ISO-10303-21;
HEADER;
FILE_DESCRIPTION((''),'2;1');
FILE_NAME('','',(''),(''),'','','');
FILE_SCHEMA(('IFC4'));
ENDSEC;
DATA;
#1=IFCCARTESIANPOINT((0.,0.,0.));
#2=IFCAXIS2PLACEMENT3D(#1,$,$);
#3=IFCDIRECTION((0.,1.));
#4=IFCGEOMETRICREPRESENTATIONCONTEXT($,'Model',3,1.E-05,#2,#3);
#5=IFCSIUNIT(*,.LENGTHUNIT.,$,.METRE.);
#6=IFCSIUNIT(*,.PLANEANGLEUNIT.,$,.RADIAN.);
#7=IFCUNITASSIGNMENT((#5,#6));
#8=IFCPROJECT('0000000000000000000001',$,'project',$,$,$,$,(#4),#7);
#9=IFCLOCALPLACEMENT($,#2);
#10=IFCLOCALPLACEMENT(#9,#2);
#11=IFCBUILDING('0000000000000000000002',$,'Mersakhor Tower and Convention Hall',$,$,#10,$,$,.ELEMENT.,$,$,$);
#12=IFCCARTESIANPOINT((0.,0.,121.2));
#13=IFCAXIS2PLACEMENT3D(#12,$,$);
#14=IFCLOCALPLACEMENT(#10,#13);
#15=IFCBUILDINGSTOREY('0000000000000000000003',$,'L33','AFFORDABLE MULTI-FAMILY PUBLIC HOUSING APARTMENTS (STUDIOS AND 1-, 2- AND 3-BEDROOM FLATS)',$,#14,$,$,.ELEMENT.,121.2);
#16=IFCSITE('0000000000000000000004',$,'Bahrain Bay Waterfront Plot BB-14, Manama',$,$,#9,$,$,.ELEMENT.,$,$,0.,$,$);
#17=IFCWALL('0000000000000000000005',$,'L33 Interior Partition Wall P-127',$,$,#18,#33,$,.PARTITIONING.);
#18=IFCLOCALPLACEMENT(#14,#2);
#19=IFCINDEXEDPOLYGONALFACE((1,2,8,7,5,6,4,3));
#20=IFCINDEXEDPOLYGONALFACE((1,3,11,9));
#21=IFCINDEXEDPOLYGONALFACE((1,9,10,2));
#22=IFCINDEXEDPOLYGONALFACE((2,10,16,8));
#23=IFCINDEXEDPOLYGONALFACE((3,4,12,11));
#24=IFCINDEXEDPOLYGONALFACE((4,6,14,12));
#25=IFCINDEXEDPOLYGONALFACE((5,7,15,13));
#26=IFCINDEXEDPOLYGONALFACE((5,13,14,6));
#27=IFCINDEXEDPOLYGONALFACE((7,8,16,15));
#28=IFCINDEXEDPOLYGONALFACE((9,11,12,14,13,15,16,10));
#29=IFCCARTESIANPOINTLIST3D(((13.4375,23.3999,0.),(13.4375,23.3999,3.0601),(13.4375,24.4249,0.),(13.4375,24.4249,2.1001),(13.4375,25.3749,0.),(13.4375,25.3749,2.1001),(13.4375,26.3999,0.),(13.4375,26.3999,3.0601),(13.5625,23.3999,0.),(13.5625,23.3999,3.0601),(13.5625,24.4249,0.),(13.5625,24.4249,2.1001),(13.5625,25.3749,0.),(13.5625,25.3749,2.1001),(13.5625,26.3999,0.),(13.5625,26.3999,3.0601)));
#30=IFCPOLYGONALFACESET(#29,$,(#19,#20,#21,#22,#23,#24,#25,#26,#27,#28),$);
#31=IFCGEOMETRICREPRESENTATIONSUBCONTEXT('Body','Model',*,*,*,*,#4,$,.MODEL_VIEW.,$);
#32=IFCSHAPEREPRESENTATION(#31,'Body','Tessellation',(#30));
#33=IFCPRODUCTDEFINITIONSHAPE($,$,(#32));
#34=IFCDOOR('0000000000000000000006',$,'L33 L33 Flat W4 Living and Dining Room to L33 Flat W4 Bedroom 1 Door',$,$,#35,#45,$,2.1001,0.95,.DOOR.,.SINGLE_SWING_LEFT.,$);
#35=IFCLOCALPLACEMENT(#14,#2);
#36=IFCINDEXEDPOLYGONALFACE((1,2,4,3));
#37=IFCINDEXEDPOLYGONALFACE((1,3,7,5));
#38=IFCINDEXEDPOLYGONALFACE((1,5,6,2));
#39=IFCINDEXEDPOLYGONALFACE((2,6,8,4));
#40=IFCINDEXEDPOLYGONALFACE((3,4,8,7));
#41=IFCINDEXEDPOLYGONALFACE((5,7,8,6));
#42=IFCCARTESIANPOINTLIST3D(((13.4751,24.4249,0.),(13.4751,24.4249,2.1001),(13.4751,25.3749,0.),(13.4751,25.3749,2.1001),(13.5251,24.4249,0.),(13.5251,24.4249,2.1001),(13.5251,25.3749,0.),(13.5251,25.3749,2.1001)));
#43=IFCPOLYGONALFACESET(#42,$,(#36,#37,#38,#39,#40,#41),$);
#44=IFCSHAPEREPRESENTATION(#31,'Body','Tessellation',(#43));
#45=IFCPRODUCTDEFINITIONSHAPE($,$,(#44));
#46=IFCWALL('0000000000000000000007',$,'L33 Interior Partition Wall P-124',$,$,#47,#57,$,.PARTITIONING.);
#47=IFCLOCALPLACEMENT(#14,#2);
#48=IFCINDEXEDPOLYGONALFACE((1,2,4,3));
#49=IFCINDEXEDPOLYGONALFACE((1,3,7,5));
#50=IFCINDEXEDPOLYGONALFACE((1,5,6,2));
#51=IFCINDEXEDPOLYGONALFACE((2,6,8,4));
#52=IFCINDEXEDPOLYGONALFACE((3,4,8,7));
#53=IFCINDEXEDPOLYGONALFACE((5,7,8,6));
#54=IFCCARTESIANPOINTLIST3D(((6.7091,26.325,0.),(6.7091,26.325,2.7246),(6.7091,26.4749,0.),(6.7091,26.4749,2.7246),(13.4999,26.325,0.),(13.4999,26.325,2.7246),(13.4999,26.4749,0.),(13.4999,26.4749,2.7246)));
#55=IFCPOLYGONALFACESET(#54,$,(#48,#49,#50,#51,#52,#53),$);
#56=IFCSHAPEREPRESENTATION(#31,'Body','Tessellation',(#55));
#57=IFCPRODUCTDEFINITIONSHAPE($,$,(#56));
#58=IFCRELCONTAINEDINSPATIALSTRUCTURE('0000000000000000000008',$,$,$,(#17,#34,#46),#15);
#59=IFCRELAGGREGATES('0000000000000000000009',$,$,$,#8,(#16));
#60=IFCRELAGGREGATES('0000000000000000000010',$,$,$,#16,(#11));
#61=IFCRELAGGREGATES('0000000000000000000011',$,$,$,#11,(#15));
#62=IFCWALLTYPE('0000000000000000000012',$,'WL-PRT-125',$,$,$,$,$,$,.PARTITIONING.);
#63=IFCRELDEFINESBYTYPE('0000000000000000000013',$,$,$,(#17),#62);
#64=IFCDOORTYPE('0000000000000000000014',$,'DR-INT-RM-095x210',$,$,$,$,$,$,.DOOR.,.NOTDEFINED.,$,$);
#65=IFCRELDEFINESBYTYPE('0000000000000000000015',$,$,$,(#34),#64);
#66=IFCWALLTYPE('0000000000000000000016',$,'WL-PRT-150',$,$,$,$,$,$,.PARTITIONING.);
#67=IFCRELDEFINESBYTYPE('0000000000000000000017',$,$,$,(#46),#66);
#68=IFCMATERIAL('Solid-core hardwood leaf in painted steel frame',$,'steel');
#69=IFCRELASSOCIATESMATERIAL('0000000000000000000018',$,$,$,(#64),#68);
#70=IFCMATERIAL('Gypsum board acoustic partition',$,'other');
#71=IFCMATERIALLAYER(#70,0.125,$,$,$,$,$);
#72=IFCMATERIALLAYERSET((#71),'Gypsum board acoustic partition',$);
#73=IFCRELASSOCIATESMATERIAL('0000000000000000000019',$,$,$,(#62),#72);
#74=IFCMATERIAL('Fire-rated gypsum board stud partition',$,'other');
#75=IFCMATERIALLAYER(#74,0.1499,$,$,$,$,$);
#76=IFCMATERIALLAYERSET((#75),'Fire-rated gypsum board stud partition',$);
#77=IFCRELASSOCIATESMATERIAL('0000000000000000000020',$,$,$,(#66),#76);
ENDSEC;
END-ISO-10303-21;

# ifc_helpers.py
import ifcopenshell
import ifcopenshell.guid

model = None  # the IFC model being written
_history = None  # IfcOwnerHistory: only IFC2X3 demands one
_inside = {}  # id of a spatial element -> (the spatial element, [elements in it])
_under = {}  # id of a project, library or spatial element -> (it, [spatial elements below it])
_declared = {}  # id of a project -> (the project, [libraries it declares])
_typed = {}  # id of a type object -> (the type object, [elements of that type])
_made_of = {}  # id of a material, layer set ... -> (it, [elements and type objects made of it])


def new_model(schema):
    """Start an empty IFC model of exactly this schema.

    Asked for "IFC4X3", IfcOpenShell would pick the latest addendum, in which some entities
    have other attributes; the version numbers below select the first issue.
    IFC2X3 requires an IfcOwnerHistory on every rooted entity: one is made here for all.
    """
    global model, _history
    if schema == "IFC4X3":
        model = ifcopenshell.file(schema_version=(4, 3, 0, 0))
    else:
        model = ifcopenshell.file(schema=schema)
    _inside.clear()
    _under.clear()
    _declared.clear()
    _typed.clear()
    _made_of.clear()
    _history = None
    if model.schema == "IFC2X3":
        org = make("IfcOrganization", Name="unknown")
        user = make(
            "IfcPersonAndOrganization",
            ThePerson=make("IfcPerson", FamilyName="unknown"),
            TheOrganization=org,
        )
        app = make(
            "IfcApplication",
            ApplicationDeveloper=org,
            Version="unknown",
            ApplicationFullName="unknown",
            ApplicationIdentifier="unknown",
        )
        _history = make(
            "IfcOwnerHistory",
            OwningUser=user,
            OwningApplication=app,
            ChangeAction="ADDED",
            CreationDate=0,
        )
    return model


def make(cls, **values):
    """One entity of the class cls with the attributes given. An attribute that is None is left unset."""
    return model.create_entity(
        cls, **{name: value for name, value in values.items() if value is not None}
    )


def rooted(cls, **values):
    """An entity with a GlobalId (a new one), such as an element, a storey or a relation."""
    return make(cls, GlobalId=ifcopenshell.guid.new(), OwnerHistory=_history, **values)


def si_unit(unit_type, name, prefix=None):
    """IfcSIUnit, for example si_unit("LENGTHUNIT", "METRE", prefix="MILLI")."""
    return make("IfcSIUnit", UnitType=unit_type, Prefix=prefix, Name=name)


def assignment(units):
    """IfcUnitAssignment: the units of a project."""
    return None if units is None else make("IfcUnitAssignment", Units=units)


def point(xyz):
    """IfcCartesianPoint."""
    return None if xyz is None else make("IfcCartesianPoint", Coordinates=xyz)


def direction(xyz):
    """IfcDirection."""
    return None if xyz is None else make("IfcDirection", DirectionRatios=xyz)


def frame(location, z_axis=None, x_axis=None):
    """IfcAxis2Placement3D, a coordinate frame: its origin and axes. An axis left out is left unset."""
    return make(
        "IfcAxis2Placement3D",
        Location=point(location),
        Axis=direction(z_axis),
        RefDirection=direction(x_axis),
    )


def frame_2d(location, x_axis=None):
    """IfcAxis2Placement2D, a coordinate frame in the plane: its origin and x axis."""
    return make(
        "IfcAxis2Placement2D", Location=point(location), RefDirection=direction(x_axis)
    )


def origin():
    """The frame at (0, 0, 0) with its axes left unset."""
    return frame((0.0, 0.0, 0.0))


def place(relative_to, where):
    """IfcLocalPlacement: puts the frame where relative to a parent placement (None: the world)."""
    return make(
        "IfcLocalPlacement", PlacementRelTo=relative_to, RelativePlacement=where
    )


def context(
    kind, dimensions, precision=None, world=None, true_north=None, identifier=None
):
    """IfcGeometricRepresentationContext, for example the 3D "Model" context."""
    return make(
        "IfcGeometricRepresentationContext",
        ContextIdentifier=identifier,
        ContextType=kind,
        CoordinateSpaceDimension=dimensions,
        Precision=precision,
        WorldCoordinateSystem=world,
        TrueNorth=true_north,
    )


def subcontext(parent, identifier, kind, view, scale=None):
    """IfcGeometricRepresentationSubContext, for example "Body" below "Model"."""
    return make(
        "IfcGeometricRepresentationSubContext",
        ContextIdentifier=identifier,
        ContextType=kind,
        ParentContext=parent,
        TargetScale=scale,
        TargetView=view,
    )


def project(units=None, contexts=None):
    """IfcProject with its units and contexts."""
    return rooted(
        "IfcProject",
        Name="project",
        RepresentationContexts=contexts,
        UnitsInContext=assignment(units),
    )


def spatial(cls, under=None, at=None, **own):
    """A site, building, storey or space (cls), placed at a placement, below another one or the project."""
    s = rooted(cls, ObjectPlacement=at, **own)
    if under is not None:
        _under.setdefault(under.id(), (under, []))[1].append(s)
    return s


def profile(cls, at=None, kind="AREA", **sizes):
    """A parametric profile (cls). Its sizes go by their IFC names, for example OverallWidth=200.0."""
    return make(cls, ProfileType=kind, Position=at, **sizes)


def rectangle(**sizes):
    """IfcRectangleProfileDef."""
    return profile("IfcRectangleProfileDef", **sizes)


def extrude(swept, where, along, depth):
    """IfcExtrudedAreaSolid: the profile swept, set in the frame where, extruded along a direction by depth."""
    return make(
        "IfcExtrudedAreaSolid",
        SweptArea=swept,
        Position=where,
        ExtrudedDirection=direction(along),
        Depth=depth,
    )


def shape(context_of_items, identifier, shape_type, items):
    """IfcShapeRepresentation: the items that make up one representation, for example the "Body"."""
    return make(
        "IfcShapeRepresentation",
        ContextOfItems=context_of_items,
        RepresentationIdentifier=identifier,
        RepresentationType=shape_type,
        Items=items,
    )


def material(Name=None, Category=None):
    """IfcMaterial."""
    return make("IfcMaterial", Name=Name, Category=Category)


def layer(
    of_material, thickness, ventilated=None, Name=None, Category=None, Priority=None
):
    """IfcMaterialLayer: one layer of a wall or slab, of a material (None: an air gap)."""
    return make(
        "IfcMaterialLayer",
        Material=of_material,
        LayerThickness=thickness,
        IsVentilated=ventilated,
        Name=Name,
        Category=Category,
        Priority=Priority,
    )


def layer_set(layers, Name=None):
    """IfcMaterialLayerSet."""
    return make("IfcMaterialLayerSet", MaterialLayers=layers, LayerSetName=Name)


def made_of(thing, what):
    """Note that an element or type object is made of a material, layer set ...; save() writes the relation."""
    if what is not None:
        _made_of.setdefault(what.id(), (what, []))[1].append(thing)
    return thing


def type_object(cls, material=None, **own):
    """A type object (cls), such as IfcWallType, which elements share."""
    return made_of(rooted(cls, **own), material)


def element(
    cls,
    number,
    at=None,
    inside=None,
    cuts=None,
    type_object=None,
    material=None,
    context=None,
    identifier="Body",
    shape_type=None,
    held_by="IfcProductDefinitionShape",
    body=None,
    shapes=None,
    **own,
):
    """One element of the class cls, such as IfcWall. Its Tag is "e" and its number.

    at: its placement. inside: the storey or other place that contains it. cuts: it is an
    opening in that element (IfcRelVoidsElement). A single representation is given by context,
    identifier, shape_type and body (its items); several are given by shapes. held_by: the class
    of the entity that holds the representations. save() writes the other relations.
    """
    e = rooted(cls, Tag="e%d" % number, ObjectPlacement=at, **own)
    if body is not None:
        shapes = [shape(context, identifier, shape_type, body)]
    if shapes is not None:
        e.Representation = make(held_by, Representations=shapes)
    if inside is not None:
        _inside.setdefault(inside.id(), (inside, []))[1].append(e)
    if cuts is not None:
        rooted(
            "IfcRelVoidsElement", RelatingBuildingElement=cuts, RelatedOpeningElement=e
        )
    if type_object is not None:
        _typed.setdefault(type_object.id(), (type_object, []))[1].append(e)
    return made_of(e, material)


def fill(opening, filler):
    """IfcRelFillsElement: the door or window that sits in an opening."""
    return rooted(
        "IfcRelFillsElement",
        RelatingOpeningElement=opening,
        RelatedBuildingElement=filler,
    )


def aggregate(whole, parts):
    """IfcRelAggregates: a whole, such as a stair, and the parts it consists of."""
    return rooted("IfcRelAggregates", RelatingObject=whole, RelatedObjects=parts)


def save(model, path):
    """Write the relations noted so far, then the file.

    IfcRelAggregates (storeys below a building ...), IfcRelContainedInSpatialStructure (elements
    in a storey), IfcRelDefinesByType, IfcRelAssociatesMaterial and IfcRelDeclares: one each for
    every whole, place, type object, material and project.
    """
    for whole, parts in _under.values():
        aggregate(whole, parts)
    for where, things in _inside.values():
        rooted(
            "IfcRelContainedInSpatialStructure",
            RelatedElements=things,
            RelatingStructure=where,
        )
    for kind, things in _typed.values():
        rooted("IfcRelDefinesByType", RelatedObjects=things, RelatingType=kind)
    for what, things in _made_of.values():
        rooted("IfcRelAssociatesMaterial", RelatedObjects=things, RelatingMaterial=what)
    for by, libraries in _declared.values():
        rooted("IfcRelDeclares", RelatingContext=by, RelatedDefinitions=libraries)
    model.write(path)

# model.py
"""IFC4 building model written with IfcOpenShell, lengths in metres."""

from ifc_helpers import new_model, si_unit, direction, frame, frame_2d, origin, place, context, subcontext, project, spatial, rectangle, extrude, material, layer, layer_set, type_object, element, fill, save


model = new_model("IFC4")

# Units and contexts
model_context = context("Model", 3, precision=1e-05, world=origin(), true_north=direction((0.0, 1.0)))
body_context = subcontext(model_context, "Body", "Model", "MODEL_VIEW")
ifc_project = project(units=[si_unit("LENGTHUNIT", "METRE"), si_unit("PLANEANGLEUNIT", "RADIAN")], contexts=[model_context])

# Site, building, storey
site_placement = place(None, origin())
site = spatial("IfcSite", under=ifc_project, at=site_placement, Name="Bahrain Bay Waterfront Plot BB-14, Manama", CompositionType="ELEMENT", RefElevation=0.0)
building_placement = place(site_placement, origin())
building = spatial("IfcBuilding", under=site, at=building_placement, Name="Mersakhor Tower and Convention Hall", CompositionType="ELEMENT")
storey_placement = place(building_placement, frame((0.0, 0.0, 121.2)))
storey = spatial("IfcBuildingStorey", under=building, at=storey_placement, Name="L33", Description="AFFORDABLE MULTI-FAMILY PUBLIC HOUSING APARTMENTS (STUDIOS AND 1-, 2- AND 3-BEDROOM FLATS)", CompositionType="ELEMENT", Elevation=121.2)

# Shared definitions
ifc_material_1 = material(Name="Solid-core hardwood leaf in painted steel frame", Category="steel")
door_type_1 = type_object("IfcDoorType", Name="DR-INT-RM-095x210", OperationType="NOTDEFINED", PredefinedType="DOOR", material=ifc_material_1)

# Wall, opening, door
ifc_material_2 = material(Name="Gypsum board acoustic partition", Category="other")
ifc_layer_1 = layer(ifc_material_2, 0.125)
ifc_layer_set_1 = layer_set([ifc_layer_1], Name="Gypsum board acoustic partition")
wall_type_1 = type_object("IfcWallType", Name="WL-PRT-125", PredefinedType="PARTITIONING", material=ifc_layer_set_1)
wall_1_placement = place(storey_placement, frame((13.5, 23.3999, 0.0), z_axis=(0.0, 0.0, 1.0), x_axis=(0.0, 1.0, 0.0)))
wall_1 = element("IfcWall", 1, at=wall_1_placement, inside=storey, type_object=wall_type_1, Name="L33 Interior Partition Wall P-127", PredefinedType="PARTITIONING", context=body_context, shape_type="SweptSolid", body=[
    extrude(rectangle(XDim=3.0, YDim=0.125, at=frame_2d((1.5, 0.0))), origin(), (0.0, 0.0, 1.0), 3.0601),
])
opening_1_placement = place(wall_1_placement, frame((1.0249, 0.0, 0.0)))
opening_1 = element("IfcOpeningElement", 2, at=opening_1_placement, cuts=wall_1, PredefinedType="OPENING", context=body_context, shape_type="SweptSolid", body=[
    extrude(rectangle(XDim=0.95, YDim=2.1001, at=frame_2d((0.4751, 1.05))), frame((0.0, 0.0725, 0.0), z_axis=(0.0, -1.0, 0.0), x_axis=(1.0, 0.0, 0.0)), (0.0, 0.0, 1.0), 0.145),
])
door_1_placement = place(opening_1_placement, origin())
door_1 = element("IfcDoor", 3, at=door_1_placement, inside=storey, type_object=door_type_1, Name="L33 L33 Flat W4 Living and Dining Room to L33 Flat W4 Bedroom 1 Door", OperationType="SINGLE_SWING_LEFT", OverallHeight=2.1001, OverallWidth=0.95, PredefinedType="DOOR", context=body_context, shape_type="SweptSolid", body=[
    extrude(rectangle(XDim=0.95, YDim=2.1001, at=frame_2d((0.4751, 1.05))), frame((0.0, 0.0249, 0.0), z_axis=(0.0, -1.0, 0.0), x_axis=(1.0, 0.0, 0.0)), (0.0, 0.0, 1.0), 0.05),
])
fill(opening_1, door_1)

# Wall
ifc_material_3 = material(Name="Fire-rated gypsum board stud partition", Category="other")
ifc_layer_2 = layer(ifc_material_3, 0.1499)
ifc_layer_set_2 = layer_set([ifc_layer_2], Name="Fire-rated gypsum board stud partition")
wall_type_2 = type_object("IfcWallType", Name="WL-PRT-150", PredefinedType="PARTITIONING", material=ifc_layer_set_2)
wall_2_placement = place(storey_placement, frame((13.5, 26.3999, 0.0), z_axis=(0.0, 0.0, 1.0), x_axis=(-1.0, 0.0, 0.0)))
element("IfcWall", 4, at=wall_2_placement, inside=storey, type_object=wall_type_2, Name="L33 Interior Partition Wall P-124", PredefinedType="PARTITIONING", context=body_context, shape_type="SweptSolid", body=[
    extrude(rectangle(XDim=6.7908, YDim=0.1499, at=frame_2d((3.3955, 0.0))), origin(), (0.0, 0.0, 1.0), 2.7246),
])

save(model, "model.ifc")
